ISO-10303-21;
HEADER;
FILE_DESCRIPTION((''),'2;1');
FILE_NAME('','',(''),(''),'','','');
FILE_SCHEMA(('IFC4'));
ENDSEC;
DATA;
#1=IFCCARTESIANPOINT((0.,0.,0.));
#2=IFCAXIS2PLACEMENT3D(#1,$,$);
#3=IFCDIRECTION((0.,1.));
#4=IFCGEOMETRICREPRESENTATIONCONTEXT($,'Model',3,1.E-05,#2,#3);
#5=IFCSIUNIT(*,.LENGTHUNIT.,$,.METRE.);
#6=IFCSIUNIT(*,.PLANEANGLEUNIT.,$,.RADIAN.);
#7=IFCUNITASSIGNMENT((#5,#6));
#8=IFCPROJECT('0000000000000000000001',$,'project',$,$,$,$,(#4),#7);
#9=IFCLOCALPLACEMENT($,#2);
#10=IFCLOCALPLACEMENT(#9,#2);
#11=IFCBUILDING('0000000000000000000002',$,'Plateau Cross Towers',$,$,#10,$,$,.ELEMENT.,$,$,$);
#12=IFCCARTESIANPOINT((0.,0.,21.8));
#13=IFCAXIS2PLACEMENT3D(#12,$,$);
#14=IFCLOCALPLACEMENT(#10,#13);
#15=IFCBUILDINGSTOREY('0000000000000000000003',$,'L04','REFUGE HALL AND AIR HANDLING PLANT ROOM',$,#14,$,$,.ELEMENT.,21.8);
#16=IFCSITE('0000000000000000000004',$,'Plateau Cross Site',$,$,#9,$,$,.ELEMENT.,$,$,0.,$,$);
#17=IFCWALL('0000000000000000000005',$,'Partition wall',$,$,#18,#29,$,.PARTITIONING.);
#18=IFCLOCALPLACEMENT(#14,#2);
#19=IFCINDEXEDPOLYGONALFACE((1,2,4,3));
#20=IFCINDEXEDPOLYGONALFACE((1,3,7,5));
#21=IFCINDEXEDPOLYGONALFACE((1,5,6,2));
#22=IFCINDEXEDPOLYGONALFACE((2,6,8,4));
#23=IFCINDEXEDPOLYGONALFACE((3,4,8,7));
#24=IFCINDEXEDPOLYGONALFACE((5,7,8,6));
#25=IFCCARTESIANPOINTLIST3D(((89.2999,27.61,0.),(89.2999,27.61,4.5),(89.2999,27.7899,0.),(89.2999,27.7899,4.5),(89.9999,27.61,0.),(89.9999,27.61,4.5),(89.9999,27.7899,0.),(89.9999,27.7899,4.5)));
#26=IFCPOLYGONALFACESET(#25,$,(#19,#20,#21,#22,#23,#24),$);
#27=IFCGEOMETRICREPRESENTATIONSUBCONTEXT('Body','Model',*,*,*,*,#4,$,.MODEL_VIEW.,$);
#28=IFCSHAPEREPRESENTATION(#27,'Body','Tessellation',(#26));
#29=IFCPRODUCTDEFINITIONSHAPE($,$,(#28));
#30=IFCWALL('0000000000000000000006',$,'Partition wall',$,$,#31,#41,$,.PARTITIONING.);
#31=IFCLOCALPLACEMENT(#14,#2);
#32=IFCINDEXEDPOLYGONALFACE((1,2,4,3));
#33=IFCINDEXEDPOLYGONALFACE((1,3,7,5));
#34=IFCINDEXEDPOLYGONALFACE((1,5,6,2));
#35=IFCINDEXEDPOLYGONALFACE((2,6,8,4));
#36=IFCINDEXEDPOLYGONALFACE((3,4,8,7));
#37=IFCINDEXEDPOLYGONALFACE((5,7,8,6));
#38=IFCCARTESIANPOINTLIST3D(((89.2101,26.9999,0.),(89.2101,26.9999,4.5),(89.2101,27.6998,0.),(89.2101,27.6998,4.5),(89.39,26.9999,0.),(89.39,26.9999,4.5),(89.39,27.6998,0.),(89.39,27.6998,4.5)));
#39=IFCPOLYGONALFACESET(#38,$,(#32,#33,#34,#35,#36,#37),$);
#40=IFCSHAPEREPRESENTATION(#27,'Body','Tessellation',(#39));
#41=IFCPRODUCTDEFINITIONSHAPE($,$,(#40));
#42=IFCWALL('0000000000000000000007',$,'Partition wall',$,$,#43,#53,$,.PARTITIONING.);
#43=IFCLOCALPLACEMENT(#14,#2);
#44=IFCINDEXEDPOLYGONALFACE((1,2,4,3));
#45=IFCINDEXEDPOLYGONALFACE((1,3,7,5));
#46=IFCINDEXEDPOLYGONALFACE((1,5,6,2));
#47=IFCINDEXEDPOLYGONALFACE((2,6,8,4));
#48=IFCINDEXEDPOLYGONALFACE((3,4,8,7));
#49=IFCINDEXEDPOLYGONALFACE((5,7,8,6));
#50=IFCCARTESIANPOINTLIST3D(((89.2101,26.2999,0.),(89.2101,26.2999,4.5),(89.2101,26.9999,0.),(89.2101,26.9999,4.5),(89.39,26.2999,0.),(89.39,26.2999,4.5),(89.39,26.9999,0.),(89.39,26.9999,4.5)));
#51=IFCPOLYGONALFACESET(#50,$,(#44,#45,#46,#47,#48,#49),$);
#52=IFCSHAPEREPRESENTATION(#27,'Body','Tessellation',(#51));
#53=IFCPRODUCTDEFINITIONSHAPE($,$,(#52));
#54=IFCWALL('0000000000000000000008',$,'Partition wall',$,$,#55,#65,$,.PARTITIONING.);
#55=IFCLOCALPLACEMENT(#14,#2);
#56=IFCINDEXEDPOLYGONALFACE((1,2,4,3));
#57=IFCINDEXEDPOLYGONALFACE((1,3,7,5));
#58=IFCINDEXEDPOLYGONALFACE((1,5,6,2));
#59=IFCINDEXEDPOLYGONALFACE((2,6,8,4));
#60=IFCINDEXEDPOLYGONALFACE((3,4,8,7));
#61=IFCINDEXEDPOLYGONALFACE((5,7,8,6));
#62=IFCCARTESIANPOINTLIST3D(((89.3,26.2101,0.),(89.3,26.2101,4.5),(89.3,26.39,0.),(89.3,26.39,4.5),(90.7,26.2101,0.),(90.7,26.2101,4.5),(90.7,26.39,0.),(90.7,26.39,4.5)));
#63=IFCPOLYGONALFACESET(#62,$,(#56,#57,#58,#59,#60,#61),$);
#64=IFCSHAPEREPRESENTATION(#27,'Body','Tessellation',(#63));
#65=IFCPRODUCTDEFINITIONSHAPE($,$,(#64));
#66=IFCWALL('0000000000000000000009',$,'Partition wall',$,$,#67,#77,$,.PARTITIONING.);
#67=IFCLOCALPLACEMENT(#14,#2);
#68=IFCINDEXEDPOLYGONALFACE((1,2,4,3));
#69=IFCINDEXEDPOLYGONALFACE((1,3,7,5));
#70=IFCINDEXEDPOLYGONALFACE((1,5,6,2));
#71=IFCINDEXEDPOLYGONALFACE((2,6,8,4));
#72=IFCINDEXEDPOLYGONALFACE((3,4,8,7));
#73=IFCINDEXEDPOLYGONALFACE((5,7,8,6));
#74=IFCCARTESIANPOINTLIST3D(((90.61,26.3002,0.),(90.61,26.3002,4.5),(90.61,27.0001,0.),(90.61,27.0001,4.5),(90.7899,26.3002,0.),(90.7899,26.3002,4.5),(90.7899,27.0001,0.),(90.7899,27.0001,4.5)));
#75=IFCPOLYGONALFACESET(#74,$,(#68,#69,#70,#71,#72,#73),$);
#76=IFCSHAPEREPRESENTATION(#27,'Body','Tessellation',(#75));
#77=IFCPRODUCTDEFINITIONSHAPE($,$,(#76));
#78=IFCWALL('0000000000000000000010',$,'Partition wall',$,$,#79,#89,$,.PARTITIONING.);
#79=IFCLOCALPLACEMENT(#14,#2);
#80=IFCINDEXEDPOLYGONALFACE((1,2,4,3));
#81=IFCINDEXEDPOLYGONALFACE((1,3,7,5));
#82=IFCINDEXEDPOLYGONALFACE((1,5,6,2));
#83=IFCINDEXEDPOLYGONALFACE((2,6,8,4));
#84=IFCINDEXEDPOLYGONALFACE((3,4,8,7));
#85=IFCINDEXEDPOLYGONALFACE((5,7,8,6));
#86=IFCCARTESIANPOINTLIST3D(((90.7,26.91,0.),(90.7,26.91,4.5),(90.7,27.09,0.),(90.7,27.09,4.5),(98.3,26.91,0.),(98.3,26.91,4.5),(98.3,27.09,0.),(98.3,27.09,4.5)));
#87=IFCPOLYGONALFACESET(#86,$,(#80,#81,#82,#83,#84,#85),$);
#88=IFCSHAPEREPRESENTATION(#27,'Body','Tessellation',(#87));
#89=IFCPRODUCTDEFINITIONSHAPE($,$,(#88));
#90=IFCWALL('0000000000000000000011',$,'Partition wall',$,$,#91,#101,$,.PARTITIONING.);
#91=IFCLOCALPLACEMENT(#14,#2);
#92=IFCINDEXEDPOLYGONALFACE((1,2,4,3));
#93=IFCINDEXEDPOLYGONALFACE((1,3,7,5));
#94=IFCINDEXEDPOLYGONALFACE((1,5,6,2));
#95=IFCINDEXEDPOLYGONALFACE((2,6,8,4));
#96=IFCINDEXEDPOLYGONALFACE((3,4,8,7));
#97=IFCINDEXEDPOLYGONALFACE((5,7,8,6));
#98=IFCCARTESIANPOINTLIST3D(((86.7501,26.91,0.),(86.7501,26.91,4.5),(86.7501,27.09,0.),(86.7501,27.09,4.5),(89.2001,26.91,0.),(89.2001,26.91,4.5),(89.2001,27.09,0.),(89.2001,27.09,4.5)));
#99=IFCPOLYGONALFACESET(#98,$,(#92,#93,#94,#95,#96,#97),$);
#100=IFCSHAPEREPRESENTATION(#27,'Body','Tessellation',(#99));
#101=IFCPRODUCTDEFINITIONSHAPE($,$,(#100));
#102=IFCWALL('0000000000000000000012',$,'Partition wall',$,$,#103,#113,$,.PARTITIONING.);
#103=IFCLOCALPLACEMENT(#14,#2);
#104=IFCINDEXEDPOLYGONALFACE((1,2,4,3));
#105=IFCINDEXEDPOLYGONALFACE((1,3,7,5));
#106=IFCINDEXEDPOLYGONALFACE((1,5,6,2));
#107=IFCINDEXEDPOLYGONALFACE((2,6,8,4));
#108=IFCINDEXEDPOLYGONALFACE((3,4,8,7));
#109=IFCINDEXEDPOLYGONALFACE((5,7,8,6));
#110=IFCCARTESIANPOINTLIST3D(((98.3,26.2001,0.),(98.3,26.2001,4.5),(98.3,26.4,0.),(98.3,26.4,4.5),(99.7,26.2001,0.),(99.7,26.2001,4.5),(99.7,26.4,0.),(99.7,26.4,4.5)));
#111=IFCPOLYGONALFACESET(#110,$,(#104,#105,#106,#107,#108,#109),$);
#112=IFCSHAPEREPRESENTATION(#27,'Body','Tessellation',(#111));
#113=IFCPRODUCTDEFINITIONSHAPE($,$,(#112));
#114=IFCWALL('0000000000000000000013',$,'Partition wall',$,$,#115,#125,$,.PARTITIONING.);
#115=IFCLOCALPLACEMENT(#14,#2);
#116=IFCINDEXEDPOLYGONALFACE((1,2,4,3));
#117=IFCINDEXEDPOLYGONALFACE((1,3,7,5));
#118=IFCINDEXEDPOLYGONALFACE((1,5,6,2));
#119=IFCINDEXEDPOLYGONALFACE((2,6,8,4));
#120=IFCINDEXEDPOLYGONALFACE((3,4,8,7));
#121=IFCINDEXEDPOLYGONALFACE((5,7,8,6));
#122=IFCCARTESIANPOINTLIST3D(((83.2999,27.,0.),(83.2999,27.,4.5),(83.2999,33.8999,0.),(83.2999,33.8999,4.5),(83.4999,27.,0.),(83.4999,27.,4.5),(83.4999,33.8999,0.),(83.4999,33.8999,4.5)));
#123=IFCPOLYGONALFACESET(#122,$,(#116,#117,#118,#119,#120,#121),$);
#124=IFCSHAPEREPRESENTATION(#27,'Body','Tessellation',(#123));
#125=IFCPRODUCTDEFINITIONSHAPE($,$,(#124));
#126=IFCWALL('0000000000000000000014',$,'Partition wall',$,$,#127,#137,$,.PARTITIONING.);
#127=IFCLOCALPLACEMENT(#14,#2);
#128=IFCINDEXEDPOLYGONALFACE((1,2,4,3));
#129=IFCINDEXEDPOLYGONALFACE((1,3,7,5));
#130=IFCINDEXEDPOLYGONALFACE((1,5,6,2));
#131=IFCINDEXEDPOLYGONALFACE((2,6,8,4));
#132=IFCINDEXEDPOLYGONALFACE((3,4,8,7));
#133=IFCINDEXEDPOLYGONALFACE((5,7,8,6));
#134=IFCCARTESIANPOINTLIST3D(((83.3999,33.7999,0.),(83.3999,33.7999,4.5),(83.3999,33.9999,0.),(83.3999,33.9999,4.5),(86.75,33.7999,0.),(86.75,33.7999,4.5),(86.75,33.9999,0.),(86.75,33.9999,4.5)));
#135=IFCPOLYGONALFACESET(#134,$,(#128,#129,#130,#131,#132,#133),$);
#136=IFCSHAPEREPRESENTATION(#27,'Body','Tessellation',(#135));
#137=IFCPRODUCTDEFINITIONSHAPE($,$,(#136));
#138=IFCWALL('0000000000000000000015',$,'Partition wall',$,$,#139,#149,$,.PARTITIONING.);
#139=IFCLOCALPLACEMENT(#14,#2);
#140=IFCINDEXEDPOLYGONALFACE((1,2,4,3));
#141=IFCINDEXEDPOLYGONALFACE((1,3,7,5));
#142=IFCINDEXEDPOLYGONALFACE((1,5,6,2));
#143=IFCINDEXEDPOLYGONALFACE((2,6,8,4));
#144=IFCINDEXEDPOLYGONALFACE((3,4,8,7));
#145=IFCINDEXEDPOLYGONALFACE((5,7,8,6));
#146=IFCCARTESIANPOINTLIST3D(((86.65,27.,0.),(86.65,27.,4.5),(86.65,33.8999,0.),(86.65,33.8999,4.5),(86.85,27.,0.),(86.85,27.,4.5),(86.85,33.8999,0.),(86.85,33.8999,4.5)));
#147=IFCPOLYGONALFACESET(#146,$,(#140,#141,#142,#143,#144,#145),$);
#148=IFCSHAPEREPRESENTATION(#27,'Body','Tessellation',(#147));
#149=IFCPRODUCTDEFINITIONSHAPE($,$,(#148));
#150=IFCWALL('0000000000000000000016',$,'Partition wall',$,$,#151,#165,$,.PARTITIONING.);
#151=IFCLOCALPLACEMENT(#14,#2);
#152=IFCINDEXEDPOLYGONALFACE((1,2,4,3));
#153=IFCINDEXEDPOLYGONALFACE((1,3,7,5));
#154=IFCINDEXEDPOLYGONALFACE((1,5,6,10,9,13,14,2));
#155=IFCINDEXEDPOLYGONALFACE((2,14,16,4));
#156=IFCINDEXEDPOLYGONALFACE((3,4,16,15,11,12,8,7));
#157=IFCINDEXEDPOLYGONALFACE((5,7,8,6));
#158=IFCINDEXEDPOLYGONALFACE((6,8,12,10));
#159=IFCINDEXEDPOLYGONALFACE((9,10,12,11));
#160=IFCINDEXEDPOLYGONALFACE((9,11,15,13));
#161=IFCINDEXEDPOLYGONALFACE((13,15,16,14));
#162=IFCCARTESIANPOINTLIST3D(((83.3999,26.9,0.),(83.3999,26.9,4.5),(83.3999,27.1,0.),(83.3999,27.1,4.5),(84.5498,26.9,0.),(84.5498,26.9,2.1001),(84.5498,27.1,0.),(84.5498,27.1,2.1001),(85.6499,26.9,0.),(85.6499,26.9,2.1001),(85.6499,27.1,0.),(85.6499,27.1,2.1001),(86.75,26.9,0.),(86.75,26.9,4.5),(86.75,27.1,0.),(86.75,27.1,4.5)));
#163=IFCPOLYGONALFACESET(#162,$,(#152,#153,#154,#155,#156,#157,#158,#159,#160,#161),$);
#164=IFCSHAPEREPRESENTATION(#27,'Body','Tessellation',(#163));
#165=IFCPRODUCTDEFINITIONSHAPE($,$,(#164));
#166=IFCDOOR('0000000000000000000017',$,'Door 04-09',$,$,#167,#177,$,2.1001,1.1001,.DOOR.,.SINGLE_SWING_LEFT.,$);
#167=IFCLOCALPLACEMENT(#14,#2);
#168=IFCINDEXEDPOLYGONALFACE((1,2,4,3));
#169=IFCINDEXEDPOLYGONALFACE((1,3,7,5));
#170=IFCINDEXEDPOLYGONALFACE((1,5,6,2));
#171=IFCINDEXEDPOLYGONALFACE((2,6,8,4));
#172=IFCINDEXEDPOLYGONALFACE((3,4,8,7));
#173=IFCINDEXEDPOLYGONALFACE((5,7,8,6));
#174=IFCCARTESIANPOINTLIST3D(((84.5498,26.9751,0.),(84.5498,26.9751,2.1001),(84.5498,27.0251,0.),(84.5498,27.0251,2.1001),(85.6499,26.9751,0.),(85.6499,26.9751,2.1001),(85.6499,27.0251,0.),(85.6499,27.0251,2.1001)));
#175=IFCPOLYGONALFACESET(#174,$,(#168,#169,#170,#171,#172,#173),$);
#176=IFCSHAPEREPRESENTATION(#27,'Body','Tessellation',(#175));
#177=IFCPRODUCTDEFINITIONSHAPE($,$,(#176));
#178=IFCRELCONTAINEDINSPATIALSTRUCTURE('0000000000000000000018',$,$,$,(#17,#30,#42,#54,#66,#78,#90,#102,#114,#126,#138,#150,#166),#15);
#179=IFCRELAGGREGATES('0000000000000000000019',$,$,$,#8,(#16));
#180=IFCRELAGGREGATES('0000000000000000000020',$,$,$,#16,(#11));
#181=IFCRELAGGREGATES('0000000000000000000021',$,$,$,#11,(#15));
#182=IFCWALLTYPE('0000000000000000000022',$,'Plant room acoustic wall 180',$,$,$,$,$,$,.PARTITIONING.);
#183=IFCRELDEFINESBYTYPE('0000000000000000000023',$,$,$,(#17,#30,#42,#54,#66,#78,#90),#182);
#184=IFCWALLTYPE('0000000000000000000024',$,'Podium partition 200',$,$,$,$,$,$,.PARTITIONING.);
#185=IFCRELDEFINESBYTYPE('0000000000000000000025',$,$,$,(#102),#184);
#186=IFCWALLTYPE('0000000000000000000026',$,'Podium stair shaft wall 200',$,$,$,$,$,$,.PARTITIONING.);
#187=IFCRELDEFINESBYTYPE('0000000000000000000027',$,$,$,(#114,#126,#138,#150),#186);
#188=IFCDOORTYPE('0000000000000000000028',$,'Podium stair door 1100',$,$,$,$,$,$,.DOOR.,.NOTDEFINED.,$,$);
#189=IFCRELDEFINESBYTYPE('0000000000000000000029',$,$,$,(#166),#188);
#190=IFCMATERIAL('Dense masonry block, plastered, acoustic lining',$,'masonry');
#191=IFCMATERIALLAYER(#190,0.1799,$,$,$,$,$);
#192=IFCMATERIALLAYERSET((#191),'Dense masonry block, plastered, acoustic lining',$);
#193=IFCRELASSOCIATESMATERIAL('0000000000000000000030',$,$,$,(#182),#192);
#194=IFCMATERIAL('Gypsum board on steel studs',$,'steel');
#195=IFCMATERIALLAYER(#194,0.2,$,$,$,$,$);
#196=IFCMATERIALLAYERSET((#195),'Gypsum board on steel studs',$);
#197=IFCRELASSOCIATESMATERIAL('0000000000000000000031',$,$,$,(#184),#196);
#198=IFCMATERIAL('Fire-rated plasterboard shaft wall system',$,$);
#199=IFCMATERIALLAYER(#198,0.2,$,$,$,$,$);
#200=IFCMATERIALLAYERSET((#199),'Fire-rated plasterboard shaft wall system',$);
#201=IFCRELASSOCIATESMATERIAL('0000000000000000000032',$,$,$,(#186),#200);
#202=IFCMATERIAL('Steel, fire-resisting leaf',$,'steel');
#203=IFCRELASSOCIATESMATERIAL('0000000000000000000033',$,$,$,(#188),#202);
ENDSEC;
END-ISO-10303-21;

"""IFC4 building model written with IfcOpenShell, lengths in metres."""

from ifc_helpers import new_model, si_unit, direction, frame, frame_2d, origin, place, context, subcontext, project, spatial, rectangle, extrude, material, layer, layer_set, type_object, element, fill, save


model = new_model("IFC4")

# Units and contexts
model_context = context("Model", 3, precision=1e-05, world=origin(), true_north=direction((0.0, 1.0)))
body_context = subcontext(model_context, "Body", "Model", "MODEL_VIEW")
ifc_project = project(units=[si_unit("LENGTHUNIT", "METRE"), si_unit("PLANEANGLEUNIT", "RADIAN")], contexts=[model_context])

# Site, building, storey
site_placement = place(None, origin())
site = spatial("IfcSite", under=ifc_project, at=site_placement, Name="Plateau Cross Site", CompositionType="ELEMENT", RefElevation=0.0)
building_placement = place(site_placement, origin())
building = spatial("IfcBuilding", under=site, at=building_placement, Name="Plateau Cross Towers", CompositionType="ELEMENT")
storey_placement = place(building_placement, frame((0.0, 0.0, 21.8)))
storey = spatial("IfcBuildingStorey", under=building, at=storey_placement, Name="L04", Description="REFUGE HALL AND AIR HANDLING PLANT ROOM", CompositionType="ELEMENT", Elevation=21.8)

# Shared definitions
ifc_material_1 = material(Name="Dense masonry block, plastered, acoustic lining", Category="masonry")
ifc_layer_1 = layer(ifc_material_1, 0.1799)
ifc_layer_set_1 = layer_set([ifc_layer_1], Name="Dense masonry block, plastered, acoustic lining")
wall_type_1 = type_object("IfcWallType", Name="Plant room acoustic wall 180", PredefinedType="PARTITIONING", material=ifc_layer_set_1)

# Walls
for number, where, z_axis, x_axis, name in (
    (1, (90.0, 27.7, 0.0), (0.0, 0.0, 1.0), (-1.0, 0.0, 0.0), "Partition wall"),
    (2, (89.3, 27.7, 0.0), (0.0, 0.0, 1.0), (0.0, -1.0, 0.0), "Partition wall"),
    (3, (89.3, 27.0, 0.0), (0.0, 0.0, 1.0), (0.0, -1.0, 0.0), "Partition wall"),
):
    element("IfcWall", number, at=place(storey_placement, frame(where, z_axis=z_axis, x_axis=x_axis)), inside=storey, type_object=wall_type_1, Name=name, PredefinedType="PARTITIONING", context=body_context, shape_type="SweptSolid", body=[
        extrude(rectangle(XDim=0.7, YDim=0.1799, at=frame_2d((0.3501, 0.0))), origin(), (0.0, 0.0, 1.0), 4.5),
    ])
wall_1_placement = place(storey_placement, frame((89.3, 26.3, 0.0), z_axis=(0.0, 0.0, 1.0), x_axis=(1.0, 0.0, 0.0)))
element("IfcWall", 4, at=wall_1_placement, inside=storey, type_object=wall_type_1, Name="Partition wall", PredefinedType="PARTITIONING", context=body_context, shape_type="SweptSolid", body=[
    extrude(rectangle(XDim=1.3999, YDim=0.1799, at=frame_2d((0.7, 0.0))), origin(), (0.0, 0.0, 1.0), 4.5),
])
wall_2_placement = place(storey_placement, frame((90.7, 26.3, 0.0), z_axis=(0.0, 0.0, 1.0), x_axis=(0.0, 1.0, 0.0)))
element("IfcWall", 5, at=wall_2_placement, inside=storey, type_object=wall_type_1, Name="Partition wall", PredefinedType="PARTITIONING", context=body_context, shape_type="SweptSolid", body=[
    extrude(rectangle(XDim=0.7, YDim=0.1799, at=frame_2d((0.3501, 0.0))), origin(), (0.0, 0.0, 1.0), 4.5),
])
wall_3_placement = place(storey_placement, frame((90.7, 27.0, 0.0), z_axis=(0.0, 0.0, 1.0), x_axis=(1.0, 0.0, 0.0)))
element("IfcWall", 6, at=wall_3_placement, inside=storey, type_object=wall_type_1, Name="Partition wall", PredefinedType="PARTITIONING", context=body_context, shape_type="SweptSolid", body=[
    extrude(rectangle(XDim=7.6001, YDim=0.1799, at=frame_2d((3.8, 0.0))), origin(), (0.0, 0.0, 1.0), 4.5),
])
wall_4_placement = place(storey_placement, frame((86.75, 27.0, 0.0), z_axis=(0.0, 0.0, 1.0), x_axis=(1.0, 0.0, 0.0)))
element("IfcWall", 7, at=wall_4_placement, inside=storey, type_object=wall_type_1, Name="Partition wall", PredefinedType="PARTITIONING", context=body_context, shape_type="SweptSolid", body=[
    extrude(rectangle(XDim=2.45, YDim=0.1799, at=frame_2d((1.2251, 0.0))), origin(), (0.0, 0.0, 1.0), 4.5),
])
ifc_material_2 = material(Name="Gypsum board on steel studs", Category="steel")
ifc_layer_2 = layer(ifc_material_2, 0.2)
ifc_layer_set_2 = layer_set([ifc_layer_2], Name="Gypsum board on steel studs")
wall_type_2 = type_object("IfcWallType", Name="Podium partition 200", PredefinedType="PARTITIONING", material=ifc_layer_set_2)
wall_5_placement = place(storey_placement, frame((98.3, 26.3, 0.0), z_axis=(0.0, 0.0, 1.0), x_axis=(1.0, 0.0, 0.0)))
element("IfcWall", 8, at=wall_5_placement, inside=storey, type_object=wall_type_2, Name="Partition wall", PredefinedType="PARTITIONING", context=body_context, shape_type="SweptSolid", body=[
    extrude(rectangle(XDim=1.3999, YDim=0.2, at=frame_2d((0.7, 0.0))), origin(), (0.0, 0.0, 1.0), 4.5),
])
ifc_material_3 = material(Name="Fire-rated plasterboard shaft wall system")
ifc_layer_3 = layer(ifc_material_3, 0.2)
ifc_layer_set_3 = layer_set([ifc_layer_3], Name="Fire-rated plasterboard shaft wall system")
wall_type_3 = type_object("IfcWallType", Name="Podium stair shaft wall 200", PredefinedType="PARTITIONING", material=ifc_layer_set_3)
wall_6_placement = place(storey_placement, frame((83.3999, 27.0, 0.0), z_axis=(0.0, 0.0, 1.0), x_axis=(0.0, 1.0, 0.0)))
element("IfcWall", 9, at=wall_6_placement, inside=storey, type_object=wall_type_3, Name="Partition wall", PredefinedType="PARTITIONING", context=body_context, shape_type="SweptSolid", body=[
    extrude(rectangle(XDim=6.8999, YDim=0.2, at=frame_2d((3.45, 0.0))), origin(), (0.0, 0.0, 1.0), 4.5),
])
wall_7_placement = place(storey_placement, frame((83.3999, 33.8999, 0.0), z_axis=(0.0, 0.0, 1.0), x_axis=(1.0, 0.0, 0.0)))
element("IfcWall", 10, at=wall_7_placement, inside=storey, type_object=wall_type_3, Name="Partition wall", PredefinedType="PARTITIONING", context=body_context, shape_type="SweptSolid", body=[
    extrude(rectangle(XDim=3.3501, YDim=0.2, at=frame_2d((1.675, 0.0))), origin(), (0.0, 0.0, 1.0), 4.5),
])
wall_8_placement = place(storey_placement, frame((86.75, 33.8999, 0.0), z_axis=(0.0, 0.0, 1.0), x_axis=(0.0, -1.0, 0.0)))
element("IfcWall", 11, at=wall_8_placement, inside=storey, type_object=wall_type_3, Name="Partition wall", PredefinedType="PARTITIONING", context=body_context, shape_type="SweptSolid", body=[
    extrude(rectangle(XDim=6.8999, YDim=0.2, at=frame_2d((3.45, 0.0))), origin(), (0.0, 0.0, 1.0), 4.5),
])

# Wall, opening, door
wall_9_placement = place(storey_placement, frame((86.75, 27.0, 0.0), z_axis=(0.0, 0.0, 1.0), x_axis=(-1.0, 0.0, 0.0)))
wall_9 = element("IfcWall", 12, at=wall_9_placement, inside=storey, type_object=wall_type_3, Name="Partition wall", PredefinedType="PARTITIONING", context=body_context, shape_type="SweptSolid", body=[
    extrude(rectangle(XDim=3.3501, YDim=0.2, at=frame_2d((1.675, 0.0))), origin(), (0.0, 0.0, 1.0), 4.5),
])
opening_1_placement = place(wall_9_placement, frame((1.1001, 0.0, 0.0)))
opening_1 = element("IfcOpeningElement", 13, at=opening_1_placement, cuts=wall_9, PredefinedType="OPENING", context=body_context, shape_type="SweptSolid", body=[
    extrude(rectangle(XDim=1.1001, YDim=2.1001, at=frame_2d((0.55, 1.05))), frame((0.0, 0.1099, 0.0), z_axis=(0.0, -1.0, 0.0), x_axis=(1.0, 0.0, 0.0)), (0.0, 0.0, 1.0), 0.22),
])
ifc_material_4 = material(Name="Steel, fire-resisting leaf", Category="steel")
door_type_1 = type_object("IfcDoorType", Name="Podium stair door 1100", OperationType="NOTDEFINED", PredefinedType="DOOR", material=ifc_material_4)
door_1_placement = place(opening_1_placement, origin())
door_1 = element("IfcDoor", 14, at=door_1_placement, inside=storey, type_object=door_type_1, Name="Door 04-09", OperationType="SINGLE_SWING_LEFT", OverallHeight=2.1001, OverallWidth=1.1001, PredefinedType="DOOR", context=body_context, shape_type="SweptSolid", body=[
    extrude(rectangle(XDim=1.1001, YDim=2.1001, at=frame_2d((0.55, 1.05))), frame((0.0, 0.0249, 0.0), z_axis=(0.0, -1.0, 0.0), x_axis=(1.0, 0.0, 0.0)), (0.0, 0.0, 1.0), 0.05),
])
fill(opening_1, door_1)

save(model, "model.ifc")
